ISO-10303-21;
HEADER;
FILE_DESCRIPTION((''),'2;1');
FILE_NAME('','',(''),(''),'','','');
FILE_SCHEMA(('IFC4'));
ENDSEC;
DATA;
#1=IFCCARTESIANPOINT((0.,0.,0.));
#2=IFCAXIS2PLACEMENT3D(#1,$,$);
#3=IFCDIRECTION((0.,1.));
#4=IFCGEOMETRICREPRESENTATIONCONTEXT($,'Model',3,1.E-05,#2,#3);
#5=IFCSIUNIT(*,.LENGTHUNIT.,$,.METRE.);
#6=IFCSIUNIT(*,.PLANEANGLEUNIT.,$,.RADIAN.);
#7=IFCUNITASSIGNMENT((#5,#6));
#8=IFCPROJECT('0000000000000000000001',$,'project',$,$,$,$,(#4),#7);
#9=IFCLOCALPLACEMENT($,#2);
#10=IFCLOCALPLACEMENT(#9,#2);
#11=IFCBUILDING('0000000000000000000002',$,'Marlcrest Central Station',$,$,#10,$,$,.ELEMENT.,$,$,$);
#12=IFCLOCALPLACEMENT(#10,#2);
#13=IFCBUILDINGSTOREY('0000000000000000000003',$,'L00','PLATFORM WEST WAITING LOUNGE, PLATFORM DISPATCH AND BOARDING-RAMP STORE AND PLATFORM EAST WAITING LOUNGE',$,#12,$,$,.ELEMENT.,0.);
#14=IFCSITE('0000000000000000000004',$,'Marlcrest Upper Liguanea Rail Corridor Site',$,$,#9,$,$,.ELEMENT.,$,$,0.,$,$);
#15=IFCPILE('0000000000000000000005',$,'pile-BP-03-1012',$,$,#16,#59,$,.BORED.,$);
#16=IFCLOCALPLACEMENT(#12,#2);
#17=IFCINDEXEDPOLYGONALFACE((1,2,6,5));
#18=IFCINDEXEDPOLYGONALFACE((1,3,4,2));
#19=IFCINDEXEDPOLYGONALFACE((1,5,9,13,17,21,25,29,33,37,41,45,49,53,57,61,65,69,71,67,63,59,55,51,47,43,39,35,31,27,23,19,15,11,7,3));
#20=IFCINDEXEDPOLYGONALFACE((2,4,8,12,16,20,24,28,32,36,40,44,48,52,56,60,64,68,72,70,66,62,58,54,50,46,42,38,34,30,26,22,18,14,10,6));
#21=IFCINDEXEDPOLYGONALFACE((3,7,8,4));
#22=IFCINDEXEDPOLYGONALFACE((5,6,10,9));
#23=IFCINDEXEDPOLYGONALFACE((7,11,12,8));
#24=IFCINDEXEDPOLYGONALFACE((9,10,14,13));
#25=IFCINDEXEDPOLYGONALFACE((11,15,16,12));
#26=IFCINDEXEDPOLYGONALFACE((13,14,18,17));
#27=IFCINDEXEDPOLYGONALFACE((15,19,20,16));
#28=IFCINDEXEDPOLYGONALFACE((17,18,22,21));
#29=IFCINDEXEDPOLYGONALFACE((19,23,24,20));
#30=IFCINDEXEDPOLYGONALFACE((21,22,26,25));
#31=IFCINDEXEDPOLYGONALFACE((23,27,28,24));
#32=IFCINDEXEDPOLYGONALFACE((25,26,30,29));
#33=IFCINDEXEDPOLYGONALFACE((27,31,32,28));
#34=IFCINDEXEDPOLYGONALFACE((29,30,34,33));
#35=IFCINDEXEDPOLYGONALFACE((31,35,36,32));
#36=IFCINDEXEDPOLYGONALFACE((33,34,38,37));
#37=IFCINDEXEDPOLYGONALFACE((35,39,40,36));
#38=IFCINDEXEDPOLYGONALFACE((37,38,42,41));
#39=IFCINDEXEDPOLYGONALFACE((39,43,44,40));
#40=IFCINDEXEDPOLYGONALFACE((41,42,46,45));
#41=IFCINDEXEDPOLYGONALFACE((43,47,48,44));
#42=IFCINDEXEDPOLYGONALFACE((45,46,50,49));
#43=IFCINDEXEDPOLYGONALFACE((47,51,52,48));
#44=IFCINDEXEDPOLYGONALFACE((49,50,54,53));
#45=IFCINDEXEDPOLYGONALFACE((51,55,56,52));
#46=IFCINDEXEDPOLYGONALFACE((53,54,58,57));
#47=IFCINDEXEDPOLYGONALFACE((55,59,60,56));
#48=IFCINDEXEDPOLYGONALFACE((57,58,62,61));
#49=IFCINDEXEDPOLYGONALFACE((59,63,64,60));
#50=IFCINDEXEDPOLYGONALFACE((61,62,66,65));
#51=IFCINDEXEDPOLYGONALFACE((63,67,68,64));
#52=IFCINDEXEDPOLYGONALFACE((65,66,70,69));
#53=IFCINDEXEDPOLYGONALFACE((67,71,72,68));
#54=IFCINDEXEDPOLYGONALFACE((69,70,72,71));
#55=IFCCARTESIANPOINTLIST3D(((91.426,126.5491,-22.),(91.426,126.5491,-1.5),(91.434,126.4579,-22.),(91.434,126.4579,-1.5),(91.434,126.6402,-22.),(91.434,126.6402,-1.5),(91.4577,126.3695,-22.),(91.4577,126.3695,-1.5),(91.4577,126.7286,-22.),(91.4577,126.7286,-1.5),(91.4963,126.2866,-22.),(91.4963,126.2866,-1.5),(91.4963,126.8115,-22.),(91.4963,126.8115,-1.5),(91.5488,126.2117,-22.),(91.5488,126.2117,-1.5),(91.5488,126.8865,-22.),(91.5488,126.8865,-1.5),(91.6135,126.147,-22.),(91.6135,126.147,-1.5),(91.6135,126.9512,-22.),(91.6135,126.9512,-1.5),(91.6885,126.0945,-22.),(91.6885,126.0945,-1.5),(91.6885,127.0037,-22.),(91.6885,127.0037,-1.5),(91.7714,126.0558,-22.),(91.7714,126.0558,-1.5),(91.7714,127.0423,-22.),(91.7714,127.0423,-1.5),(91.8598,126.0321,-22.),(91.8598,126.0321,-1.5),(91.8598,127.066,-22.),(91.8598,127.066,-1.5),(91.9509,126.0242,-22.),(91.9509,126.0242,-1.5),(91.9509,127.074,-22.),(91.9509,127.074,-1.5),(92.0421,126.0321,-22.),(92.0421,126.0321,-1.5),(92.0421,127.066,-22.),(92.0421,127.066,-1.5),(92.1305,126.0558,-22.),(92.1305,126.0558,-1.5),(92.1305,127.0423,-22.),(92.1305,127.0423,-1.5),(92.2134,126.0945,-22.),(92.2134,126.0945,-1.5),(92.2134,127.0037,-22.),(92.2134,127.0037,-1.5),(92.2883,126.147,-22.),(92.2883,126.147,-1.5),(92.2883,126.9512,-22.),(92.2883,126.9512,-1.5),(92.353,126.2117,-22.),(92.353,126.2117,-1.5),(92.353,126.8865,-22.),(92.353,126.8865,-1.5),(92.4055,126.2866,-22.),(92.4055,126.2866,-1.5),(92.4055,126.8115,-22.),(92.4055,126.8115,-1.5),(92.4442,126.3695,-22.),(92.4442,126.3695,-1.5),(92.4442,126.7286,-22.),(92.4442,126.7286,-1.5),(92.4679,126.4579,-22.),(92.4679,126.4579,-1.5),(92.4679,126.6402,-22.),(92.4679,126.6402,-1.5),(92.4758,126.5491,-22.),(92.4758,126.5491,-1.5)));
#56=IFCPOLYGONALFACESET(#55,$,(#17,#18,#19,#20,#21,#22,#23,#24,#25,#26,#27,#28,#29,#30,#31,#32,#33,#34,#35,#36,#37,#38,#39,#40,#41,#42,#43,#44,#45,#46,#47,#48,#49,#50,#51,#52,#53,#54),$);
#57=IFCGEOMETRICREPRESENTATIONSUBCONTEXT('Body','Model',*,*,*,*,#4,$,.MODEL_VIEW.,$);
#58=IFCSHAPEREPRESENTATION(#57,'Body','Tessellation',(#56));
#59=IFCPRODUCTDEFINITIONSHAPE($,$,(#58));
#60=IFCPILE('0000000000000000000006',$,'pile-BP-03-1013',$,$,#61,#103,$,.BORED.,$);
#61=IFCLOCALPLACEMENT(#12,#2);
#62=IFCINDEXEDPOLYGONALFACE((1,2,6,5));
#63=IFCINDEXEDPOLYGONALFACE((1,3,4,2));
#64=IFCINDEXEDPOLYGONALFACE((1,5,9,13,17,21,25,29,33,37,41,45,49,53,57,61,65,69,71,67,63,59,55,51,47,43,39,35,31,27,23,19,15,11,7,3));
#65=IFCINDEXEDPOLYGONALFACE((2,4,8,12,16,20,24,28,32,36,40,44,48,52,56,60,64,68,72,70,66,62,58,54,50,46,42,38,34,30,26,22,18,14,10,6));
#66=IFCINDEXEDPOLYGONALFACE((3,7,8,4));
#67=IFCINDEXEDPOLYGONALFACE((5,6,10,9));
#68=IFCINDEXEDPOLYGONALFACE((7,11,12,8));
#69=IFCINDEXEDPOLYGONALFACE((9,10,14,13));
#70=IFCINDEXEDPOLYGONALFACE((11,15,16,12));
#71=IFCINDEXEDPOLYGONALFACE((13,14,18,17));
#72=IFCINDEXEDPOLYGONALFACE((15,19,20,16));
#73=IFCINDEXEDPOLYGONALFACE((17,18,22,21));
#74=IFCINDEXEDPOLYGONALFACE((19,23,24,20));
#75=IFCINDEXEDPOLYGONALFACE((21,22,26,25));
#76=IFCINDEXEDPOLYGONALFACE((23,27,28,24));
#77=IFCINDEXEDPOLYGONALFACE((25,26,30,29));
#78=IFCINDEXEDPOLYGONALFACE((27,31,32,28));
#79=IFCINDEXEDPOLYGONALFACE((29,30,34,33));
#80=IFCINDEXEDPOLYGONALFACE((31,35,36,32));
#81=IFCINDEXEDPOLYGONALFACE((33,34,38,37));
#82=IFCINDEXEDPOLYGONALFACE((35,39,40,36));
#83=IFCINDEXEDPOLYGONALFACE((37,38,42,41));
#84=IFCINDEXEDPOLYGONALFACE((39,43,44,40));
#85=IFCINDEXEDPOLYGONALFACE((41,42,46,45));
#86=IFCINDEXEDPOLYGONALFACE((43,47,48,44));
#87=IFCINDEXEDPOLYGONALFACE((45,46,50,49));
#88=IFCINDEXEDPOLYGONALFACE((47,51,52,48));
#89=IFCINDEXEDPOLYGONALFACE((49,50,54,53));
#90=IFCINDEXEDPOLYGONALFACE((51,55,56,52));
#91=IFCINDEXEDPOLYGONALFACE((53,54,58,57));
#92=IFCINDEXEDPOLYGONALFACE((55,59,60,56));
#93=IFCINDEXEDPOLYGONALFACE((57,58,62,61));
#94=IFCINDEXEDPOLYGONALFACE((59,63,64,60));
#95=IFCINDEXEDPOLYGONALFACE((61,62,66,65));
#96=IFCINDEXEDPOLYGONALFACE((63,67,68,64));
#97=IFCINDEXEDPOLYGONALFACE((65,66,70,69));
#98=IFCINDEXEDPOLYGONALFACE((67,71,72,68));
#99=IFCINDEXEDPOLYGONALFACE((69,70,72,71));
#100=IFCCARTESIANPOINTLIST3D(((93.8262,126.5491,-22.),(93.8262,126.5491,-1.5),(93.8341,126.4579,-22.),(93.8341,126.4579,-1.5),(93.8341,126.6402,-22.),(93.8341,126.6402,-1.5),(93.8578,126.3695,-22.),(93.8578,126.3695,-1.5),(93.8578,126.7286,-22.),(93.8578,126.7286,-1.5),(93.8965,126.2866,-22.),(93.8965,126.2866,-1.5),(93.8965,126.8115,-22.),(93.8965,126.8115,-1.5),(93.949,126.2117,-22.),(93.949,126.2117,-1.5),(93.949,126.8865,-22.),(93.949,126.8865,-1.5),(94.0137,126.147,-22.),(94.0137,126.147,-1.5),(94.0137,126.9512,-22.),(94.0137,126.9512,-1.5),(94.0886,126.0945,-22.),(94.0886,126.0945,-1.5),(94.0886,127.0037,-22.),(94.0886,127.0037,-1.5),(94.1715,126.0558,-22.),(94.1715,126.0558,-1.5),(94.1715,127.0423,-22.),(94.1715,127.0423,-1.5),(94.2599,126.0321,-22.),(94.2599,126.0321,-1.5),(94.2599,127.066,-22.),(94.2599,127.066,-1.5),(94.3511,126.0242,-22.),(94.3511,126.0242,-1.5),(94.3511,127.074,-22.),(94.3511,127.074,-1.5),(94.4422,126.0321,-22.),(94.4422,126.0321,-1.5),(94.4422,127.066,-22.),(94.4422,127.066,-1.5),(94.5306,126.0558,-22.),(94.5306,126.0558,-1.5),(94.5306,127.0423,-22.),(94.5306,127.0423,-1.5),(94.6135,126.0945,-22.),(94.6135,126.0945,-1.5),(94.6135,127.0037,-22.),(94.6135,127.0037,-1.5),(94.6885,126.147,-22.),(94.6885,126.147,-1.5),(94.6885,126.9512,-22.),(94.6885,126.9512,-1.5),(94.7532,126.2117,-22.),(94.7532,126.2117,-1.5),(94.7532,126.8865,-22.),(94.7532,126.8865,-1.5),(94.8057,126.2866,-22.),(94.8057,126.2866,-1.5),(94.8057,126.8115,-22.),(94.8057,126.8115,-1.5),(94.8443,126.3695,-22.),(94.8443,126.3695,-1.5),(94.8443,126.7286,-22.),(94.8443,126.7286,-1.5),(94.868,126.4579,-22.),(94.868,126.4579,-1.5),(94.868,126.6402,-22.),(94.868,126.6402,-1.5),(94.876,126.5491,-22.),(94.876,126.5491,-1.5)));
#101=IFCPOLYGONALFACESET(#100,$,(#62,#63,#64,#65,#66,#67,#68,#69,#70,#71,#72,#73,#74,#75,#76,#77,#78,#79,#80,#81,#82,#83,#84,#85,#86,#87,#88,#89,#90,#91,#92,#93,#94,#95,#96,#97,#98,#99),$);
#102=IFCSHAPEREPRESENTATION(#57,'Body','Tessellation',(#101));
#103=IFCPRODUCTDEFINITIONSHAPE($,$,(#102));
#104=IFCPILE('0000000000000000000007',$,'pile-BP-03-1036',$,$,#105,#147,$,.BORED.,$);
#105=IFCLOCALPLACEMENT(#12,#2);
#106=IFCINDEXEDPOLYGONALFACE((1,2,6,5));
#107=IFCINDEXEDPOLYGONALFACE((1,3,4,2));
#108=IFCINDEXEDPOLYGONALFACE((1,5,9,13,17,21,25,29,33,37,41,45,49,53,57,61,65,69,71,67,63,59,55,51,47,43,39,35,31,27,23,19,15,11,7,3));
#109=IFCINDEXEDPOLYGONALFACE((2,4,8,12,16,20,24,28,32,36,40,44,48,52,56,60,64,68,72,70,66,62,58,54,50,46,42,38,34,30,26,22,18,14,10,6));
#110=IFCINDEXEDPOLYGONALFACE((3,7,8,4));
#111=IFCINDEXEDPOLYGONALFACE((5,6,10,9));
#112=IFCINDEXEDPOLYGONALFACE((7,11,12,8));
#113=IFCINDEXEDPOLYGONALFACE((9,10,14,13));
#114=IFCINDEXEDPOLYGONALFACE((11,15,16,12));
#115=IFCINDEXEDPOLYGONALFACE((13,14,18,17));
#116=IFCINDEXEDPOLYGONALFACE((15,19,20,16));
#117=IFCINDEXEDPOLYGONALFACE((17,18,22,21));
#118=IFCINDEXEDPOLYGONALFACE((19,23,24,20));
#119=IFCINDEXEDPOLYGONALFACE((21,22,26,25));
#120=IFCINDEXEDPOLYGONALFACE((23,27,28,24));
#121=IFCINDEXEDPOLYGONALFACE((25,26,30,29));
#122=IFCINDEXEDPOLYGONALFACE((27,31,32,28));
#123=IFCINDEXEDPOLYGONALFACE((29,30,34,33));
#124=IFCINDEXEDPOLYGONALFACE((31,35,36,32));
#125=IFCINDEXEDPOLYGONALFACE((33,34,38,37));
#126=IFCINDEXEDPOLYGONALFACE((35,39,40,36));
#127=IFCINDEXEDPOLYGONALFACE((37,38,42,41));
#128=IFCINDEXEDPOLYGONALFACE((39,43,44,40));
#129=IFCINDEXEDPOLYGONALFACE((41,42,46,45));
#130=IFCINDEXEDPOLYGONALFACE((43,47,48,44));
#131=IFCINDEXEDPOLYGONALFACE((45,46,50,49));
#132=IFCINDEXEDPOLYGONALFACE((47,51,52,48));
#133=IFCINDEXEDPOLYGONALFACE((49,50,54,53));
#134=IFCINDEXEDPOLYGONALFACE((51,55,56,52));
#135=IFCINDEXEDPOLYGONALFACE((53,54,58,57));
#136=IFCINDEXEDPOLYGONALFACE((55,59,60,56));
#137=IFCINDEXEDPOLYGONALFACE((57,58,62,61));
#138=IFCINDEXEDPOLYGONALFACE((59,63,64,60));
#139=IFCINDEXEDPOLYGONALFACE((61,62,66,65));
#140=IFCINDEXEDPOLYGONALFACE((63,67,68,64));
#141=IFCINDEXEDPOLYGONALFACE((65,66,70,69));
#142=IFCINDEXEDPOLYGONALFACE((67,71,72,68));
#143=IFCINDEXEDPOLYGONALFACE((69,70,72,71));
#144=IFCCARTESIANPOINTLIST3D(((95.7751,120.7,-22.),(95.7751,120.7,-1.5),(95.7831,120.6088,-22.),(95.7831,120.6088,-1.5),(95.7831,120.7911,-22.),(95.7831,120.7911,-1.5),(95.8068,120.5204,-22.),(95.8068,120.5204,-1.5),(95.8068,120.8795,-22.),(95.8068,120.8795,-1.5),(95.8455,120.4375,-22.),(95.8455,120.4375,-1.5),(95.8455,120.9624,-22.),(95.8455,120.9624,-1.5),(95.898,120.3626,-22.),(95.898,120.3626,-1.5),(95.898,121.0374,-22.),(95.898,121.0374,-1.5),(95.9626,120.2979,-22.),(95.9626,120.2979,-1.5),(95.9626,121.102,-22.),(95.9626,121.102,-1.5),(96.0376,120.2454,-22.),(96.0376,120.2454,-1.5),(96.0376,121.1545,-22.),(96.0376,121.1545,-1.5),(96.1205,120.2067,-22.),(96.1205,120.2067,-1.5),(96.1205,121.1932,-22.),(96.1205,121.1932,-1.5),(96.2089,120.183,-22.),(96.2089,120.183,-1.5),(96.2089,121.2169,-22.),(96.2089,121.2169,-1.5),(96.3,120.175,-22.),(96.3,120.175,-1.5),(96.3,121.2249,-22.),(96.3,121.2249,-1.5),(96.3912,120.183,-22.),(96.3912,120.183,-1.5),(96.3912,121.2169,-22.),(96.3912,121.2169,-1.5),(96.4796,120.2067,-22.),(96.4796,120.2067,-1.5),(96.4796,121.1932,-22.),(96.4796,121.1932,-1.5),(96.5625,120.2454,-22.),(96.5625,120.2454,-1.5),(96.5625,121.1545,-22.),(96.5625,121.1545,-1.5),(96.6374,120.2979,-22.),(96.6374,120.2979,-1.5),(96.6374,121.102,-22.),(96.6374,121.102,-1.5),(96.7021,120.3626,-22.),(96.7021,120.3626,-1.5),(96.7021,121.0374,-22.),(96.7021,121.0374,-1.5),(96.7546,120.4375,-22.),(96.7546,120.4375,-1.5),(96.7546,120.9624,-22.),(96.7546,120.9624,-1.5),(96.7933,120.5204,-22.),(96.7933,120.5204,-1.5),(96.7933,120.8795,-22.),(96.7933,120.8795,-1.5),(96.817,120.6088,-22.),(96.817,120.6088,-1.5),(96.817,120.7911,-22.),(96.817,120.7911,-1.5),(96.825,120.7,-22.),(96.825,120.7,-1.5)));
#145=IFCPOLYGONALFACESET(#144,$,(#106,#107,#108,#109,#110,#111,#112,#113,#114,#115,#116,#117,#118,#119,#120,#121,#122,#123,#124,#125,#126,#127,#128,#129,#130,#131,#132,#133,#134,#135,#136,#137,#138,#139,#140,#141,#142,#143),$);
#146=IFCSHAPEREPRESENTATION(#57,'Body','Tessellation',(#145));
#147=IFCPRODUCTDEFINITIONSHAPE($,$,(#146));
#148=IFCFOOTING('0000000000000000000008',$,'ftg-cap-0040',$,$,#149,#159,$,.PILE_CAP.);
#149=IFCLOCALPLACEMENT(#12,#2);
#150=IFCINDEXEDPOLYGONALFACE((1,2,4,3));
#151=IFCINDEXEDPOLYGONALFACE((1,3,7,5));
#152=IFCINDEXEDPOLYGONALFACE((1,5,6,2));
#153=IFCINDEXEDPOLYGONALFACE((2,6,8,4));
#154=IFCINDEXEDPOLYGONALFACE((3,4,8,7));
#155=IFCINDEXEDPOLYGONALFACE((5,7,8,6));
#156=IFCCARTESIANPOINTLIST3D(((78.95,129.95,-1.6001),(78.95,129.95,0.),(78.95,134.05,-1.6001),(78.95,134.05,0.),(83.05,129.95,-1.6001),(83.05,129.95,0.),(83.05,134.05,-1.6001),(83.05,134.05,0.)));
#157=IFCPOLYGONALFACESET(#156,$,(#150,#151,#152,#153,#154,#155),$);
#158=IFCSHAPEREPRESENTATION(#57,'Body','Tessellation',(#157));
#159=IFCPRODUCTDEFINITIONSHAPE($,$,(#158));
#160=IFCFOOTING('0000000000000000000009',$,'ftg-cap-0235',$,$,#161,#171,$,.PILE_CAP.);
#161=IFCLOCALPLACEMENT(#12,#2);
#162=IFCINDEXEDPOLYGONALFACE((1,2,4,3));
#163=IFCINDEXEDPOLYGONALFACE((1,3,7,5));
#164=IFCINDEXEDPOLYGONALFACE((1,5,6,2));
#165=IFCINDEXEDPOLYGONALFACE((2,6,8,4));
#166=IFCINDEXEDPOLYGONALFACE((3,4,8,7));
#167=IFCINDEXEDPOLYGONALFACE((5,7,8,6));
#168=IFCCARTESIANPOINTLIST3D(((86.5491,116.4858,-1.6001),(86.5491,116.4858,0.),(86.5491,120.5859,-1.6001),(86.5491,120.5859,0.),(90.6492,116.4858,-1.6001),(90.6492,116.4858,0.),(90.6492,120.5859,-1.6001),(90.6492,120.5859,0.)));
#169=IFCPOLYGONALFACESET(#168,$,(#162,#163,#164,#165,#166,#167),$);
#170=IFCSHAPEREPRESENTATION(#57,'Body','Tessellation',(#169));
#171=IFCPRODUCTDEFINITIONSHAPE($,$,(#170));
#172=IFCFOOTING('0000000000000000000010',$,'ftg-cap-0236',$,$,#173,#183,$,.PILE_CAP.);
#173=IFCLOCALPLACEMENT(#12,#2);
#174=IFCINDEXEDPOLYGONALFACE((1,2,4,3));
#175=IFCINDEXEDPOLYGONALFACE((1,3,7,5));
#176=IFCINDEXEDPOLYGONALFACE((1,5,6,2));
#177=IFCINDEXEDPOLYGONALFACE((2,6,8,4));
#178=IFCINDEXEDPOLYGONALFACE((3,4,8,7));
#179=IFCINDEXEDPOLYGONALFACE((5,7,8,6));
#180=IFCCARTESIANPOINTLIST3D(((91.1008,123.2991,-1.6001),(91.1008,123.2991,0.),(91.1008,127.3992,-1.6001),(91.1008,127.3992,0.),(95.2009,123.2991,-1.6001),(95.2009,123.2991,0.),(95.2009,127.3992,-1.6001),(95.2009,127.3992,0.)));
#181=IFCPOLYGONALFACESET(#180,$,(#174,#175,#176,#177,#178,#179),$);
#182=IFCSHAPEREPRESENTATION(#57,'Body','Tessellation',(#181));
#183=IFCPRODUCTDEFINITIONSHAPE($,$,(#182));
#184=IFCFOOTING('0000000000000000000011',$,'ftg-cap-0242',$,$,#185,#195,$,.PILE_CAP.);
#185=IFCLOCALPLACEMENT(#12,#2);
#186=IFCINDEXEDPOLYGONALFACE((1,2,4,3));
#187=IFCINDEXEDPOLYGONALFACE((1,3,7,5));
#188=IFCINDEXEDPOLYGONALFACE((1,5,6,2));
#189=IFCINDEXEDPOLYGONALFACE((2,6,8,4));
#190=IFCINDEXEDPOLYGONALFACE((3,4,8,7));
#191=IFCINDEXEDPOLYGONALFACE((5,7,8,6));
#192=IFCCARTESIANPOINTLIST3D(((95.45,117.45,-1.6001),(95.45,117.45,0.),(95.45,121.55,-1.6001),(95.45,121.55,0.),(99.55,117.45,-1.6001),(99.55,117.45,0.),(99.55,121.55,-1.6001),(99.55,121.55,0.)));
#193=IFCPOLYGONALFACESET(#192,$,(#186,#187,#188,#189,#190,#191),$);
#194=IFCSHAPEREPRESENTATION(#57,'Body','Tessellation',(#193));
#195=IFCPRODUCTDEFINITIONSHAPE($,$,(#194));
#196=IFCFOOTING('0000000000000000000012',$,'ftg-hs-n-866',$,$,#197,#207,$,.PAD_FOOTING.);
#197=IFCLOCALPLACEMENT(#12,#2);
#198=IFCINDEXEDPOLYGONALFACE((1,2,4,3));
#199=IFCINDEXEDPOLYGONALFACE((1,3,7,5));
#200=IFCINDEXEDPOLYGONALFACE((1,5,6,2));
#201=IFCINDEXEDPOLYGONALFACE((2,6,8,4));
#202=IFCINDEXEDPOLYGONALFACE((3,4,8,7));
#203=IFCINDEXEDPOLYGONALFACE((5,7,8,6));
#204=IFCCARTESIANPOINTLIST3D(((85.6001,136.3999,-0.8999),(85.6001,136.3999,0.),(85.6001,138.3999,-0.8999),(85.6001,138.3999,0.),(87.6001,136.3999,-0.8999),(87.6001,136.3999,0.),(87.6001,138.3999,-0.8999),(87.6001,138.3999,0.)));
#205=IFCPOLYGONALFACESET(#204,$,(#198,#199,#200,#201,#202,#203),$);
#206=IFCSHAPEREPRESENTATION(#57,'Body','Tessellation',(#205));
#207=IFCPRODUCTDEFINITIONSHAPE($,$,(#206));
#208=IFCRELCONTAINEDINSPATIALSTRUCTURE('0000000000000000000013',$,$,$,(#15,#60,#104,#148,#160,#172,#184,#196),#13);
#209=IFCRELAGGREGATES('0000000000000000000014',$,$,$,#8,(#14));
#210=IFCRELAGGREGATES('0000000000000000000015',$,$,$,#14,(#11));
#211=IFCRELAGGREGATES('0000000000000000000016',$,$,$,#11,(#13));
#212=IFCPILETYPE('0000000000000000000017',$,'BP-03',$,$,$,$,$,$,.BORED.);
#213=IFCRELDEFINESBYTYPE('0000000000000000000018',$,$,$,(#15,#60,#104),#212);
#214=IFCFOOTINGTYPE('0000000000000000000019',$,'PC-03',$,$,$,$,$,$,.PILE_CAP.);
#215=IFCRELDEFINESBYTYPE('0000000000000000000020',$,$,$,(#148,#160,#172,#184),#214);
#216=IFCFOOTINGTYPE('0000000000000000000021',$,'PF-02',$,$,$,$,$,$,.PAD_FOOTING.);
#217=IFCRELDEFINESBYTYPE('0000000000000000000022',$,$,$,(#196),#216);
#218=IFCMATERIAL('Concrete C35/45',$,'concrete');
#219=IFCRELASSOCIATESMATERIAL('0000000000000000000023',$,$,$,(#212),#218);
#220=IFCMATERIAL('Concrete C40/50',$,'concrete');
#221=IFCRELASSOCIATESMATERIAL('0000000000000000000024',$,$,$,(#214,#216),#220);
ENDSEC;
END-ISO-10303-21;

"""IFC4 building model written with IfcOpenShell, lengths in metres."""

from ifc_helpers import new_model, si_unit, direction, frame, origin, origin_2d, place, context, subcontext, project, spatial, rectangle, circle, extrude, material, material_profile, profile_set, type_object, element, save


model = new_model("IFC4")

# Units and contexts
model_context = context("Model", 3, precision=1e-05, world=origin(), true_north=direction((0.0, 1.0)))
body_context = subcontext(model_context, "Body", "Model", "MODEL_VIEW")
ifc_project = project(units=[si_unit("LENGTHUNIT", "METRE"), si_unit("PLANEANGLEUNIT", "RADIAN")], contexts=[model_context])

# Site, building, storey
site_placement = place(None, origin())
site = spatial("IfcSite", under=ifc_project, at=site_placement, Name="Marlcrest Upper Liguanea Rail Corridor Site", CompositionType="ELEMENT", RefElevation=0.0)
building_placement = place(site_placement, origin())
building = spatial("IfcBuilding", under=site, at=building_placement, Name="Marlcrest Central Station", CompositionType="ELEMENT")
storey_placement = place(building_placement, origin())
storey = spatial("IfcBuildingStorey", under=building, at=storey_placement, Name="L00", Description="PLATFORM WEST WAITING LOUNGE, PLATFORM DISPATCH AND BOARDING-RAMP STORE AND PLATFORM EAST WAITING LOUNGE", CompositionType="ELEMENT", Elevation=0.0)

# Piles
ifc_material_1 = material(Name="Concrete C35/45", Category="concrete")
ifc_material_profile_1 = material_profile(ifc_material_1, circle(Radius=0.5249, at=origin_2d()), Name="PILE D1050")
ifc_profile_set_1 = profile_set([ifc_material_profile_1], Name="Concrete C35/45")
pile_type = type_object("IfcPileType", Name="BP-03", PredefinedType="BORED", material=ifc_profile_set_1)
for number, where, z_axis, x_axis, name in (
    (1, (91.9509, 126.5491, -1.5), (0.0, 0.0, -1.0), (1.0, 0.0, 0.0), "pile-BP-03-1012"),
    (2, (94.3511, 126.5491, -1.5), (0.0, 0.0, -1.0), (1.0, 0.0, 0.0), "pile-BP-03-1013"),
    (3, (96.3, 120.7, -1.5), (0.0, 0.0, -1.0), (1.0, 0.0, 0.0), "pile-BP-03-1036"),
):
    element("IfcPile", number, at=place(storey_placement, frame(where, z_axis=z_axis, x_axis=x_axis)), inside=storey, type_object=pile_type, Name=name, PredefinedType="BORED", context=body_context, shape_type="SweptSolid", body=[
        extrude(circle(Radius=0.5249, at=origin_2d()), origin(), (0.0, 0.0, 1.0), 20.5),
    ])

# Footings
ifc_material_2 = material(Name="Concrete C40/50", Category="concrete")
footing_type_1 = type_object("IfcFootingType", Name="PC-03", PredefinedType="PILE_CAP", material=ifc_material_2)
for number, where, z_axis, x_axis, name in (
    (4, (81.0, 132.0, -1.6001), (0.0, 0.0, 1.0), (1.0, 0.0, 0.0), "ftg-cap-0040"),
    (5, (88.5991, 118.5359, -1.6001), (0.0, 0.0, 1.0), (1.0, 0.0, 0.0), "ftg-cap-0235"),
    (6, (93.1509, 125.3491, -1.6001), (0.0, 0.0, 1.0), (1.0, 0.0, 0.0), "ftg-cap-0236"),
    (7, (97.5, 119.5, -1.6001), (0.0, 0.0, 1.0), (1.0, 0.0, 0.0), "ftg-cap-0242"),
):
    element("IfcFooting", number, at=place(storey_placement, frame(where, z_axis=z_axis, x_axis=x_axis)), inside=storey, type_object=footing_type_1, Name=name, PredefinedType="PILE_CAP", context=body_context, shape_type="SweptSolid", body=[
        extrude(rectangle(XDim=4.1001, YDim=4.1001, at=origin_2d()), origin(), (0.0, 0.0, 1.0), 1.6001),
    ])
footing_type_2 = type_object("IfcFootingType", Name="PF-02", PredefinedType="PAD_FOOTING", material=ifc_material_2)
footing_placement = place(storey_placement, frame((86.6001, 137.3999, -0.8999), z_axis=(0.0, 0.0, 1.0), x_axis=(1.0, 0.0, 0.0)))
element("IfcFooting", 8, at=footing_placement, inside=storey, type_object=footing_type_2, Name="ftg-hs-n-866", PredefinedType="PAD_FOOTING", context=body_context, shape_type="SweptSolid", body=[
    extrude(rectangle(XDim=2.0, YDim=2.0, at=origin_2d()), origin(), (0.0, 0.0, 1.0), 0.8999),
])

save(model, "model.ifc")
